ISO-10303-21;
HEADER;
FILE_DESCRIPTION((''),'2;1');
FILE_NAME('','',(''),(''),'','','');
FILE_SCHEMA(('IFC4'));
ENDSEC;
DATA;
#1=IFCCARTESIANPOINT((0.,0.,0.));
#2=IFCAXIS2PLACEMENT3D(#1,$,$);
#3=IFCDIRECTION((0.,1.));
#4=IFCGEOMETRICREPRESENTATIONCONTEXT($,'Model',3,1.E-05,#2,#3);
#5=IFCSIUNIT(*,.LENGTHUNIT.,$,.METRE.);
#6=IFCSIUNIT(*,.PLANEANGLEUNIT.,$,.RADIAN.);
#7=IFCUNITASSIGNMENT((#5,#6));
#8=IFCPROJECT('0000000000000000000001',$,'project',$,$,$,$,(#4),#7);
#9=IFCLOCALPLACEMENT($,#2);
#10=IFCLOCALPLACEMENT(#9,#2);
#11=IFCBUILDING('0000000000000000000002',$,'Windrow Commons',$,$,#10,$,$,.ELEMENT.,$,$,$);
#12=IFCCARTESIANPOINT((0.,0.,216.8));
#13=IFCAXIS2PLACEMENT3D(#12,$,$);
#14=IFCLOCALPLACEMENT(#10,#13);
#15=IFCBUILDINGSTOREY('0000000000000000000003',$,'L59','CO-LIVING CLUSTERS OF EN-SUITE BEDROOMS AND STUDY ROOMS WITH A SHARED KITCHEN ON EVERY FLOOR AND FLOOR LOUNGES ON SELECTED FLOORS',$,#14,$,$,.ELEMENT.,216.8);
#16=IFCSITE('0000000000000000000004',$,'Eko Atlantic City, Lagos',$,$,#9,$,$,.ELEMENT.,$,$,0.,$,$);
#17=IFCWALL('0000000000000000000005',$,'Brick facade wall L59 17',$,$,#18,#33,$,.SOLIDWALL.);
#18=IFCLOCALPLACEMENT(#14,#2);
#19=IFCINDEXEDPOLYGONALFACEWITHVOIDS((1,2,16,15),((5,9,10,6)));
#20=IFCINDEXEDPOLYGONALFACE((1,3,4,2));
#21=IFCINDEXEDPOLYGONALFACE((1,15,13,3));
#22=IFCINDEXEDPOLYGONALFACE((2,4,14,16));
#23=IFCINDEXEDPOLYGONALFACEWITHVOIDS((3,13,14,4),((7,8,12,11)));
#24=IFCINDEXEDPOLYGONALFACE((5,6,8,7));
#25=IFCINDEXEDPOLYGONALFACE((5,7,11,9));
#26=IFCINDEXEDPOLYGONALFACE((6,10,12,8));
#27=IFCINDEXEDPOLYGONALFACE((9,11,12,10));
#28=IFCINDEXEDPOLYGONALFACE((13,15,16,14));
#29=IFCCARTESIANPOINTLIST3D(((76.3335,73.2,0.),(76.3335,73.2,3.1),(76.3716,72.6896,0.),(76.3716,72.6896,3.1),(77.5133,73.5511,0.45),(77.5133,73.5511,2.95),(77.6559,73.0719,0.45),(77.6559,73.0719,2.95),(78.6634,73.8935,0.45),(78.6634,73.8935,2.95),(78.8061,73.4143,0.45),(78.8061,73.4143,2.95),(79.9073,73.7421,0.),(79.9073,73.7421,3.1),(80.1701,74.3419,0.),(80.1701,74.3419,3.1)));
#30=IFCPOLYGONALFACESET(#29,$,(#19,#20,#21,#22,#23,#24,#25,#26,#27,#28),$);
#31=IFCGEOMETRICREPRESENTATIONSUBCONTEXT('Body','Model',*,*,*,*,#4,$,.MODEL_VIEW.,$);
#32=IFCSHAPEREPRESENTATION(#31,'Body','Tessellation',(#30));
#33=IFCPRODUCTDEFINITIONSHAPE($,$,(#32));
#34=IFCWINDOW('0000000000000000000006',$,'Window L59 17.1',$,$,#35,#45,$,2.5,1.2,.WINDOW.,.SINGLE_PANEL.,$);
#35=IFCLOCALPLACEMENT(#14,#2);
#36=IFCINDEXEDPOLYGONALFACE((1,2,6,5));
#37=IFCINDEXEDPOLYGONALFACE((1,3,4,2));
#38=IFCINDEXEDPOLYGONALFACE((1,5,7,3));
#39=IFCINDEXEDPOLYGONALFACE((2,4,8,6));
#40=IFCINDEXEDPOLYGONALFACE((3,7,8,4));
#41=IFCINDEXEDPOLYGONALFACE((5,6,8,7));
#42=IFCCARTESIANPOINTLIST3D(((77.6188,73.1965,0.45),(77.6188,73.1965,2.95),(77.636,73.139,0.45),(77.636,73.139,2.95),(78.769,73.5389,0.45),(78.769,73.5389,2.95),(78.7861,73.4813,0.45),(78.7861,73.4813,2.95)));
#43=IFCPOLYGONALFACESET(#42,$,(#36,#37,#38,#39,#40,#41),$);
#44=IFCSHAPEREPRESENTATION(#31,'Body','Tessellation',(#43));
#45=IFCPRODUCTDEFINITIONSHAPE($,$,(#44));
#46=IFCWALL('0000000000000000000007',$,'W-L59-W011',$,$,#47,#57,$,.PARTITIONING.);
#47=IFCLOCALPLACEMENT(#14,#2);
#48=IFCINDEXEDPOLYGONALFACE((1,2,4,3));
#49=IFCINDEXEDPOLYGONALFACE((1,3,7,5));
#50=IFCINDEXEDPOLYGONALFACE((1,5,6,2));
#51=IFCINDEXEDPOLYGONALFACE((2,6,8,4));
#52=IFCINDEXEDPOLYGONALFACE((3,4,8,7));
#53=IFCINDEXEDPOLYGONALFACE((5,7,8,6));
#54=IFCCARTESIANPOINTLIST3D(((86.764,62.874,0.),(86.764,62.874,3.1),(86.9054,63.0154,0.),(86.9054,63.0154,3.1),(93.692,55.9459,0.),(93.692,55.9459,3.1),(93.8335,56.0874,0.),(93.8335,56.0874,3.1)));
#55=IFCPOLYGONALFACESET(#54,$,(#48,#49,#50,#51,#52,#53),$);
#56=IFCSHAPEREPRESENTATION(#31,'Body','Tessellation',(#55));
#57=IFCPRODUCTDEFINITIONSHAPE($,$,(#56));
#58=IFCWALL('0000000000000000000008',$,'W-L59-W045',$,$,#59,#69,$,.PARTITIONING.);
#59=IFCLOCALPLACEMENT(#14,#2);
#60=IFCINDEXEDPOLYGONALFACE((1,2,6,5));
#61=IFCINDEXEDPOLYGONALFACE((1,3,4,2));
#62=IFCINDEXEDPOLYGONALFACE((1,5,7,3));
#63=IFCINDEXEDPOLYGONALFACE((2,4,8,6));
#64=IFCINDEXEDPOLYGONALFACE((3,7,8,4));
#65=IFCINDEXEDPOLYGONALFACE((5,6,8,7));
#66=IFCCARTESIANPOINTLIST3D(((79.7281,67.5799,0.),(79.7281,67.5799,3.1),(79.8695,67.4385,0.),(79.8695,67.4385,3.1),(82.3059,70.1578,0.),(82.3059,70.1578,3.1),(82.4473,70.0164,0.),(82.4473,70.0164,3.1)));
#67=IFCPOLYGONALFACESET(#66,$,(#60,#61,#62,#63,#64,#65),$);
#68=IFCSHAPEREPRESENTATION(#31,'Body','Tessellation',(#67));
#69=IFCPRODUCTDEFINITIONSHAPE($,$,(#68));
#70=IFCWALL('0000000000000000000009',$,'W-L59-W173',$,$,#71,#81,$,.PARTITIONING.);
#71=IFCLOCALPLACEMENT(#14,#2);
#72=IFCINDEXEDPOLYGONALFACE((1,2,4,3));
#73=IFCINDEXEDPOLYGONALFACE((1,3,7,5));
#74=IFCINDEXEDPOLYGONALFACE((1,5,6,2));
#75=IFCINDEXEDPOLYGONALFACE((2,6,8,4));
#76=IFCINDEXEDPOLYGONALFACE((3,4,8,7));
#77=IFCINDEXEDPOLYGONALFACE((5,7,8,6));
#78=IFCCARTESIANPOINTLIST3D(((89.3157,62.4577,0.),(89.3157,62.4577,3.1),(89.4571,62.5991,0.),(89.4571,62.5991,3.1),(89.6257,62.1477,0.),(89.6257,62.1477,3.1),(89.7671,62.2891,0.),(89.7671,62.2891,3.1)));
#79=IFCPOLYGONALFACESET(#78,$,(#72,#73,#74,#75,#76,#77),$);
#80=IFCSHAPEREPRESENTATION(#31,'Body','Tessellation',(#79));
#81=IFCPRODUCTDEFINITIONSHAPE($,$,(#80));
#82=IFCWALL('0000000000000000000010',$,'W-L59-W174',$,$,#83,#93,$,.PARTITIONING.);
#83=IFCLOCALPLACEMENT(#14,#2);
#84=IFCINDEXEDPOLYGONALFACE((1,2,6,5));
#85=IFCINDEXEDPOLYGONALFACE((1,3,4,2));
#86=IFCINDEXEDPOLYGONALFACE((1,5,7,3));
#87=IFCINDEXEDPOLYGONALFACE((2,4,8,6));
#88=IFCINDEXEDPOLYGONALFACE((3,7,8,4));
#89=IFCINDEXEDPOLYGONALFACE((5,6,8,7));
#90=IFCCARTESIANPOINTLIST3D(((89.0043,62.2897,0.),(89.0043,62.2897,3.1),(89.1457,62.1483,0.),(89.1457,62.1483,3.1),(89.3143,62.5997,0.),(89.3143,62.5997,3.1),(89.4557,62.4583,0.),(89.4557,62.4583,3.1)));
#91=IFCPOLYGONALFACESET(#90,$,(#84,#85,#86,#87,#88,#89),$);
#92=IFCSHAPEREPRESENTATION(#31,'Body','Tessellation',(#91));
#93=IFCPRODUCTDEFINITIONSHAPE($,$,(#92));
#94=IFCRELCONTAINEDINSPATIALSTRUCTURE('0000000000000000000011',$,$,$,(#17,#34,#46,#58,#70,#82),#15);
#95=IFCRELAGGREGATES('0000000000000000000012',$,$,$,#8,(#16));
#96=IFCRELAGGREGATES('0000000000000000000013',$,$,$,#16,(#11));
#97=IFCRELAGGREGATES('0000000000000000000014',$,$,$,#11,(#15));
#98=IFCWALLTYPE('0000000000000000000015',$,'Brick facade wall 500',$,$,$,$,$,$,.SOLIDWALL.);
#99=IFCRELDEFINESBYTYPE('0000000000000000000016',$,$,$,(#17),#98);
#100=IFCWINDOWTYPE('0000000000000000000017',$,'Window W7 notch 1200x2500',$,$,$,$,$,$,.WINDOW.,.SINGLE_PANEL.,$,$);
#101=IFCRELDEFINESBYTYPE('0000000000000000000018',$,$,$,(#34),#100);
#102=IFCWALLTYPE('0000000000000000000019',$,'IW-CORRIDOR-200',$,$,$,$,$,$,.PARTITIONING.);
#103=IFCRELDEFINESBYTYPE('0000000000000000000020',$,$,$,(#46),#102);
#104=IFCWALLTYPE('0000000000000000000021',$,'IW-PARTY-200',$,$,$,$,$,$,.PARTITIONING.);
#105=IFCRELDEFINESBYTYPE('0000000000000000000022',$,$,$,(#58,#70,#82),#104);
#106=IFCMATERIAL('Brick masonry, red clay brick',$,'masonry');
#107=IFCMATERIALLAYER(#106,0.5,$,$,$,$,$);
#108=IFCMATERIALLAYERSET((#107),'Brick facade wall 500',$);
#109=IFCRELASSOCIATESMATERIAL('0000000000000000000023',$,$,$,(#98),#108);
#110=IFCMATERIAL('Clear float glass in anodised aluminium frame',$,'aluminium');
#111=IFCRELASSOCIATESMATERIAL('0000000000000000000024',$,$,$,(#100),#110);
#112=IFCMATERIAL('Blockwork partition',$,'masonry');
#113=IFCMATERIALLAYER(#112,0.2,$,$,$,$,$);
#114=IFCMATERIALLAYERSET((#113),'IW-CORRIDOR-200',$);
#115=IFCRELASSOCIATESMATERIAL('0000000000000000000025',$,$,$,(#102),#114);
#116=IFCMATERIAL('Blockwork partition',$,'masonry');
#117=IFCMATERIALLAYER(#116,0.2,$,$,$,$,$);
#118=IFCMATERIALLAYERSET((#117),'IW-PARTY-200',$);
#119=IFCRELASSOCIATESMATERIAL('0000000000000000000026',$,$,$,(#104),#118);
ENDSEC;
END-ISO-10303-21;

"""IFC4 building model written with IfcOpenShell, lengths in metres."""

from ifc_helpers import new_model, si_unit, direction, frame, frame_2d, origin, place, context, subcontext, project, spatial, polyline, rectangle, outline, extrude, material, layer, layer_set, type_object, element, fill, save


model = new_model("IFC4")

# Units and contexts
model_context = context("Model", 3, precision=1e-05, world=origin(), true_north=direction((0.0, 1.0)))
body_context = subcontext(model_context, "Body", "Model", "MODEL_VIEW")
ifc_project = project(units=[si_unit("LENGTHUNIT", "METRE"), si_unit("PLANEANGLEUNIT", "RADIAN")], contexts=[model_context])

# Site, building, storey
site_placement = place(None, origin())
site = spatial("IfcSite", under=ifc_project, at=site_placement, Name="Eko Atlantic City, Lagos", CompositionType="ELEMENT", RefElevation=0.0)
building_placement = place(site_placement, origin())
building = spatial("IfcBuilding", under=site, at=building_placement, Name="Windrow Commons", CompositionType="ELEMENT")
storey_placement = place(building_placement, frame((0.0, 0.0, 216.8)))
storey = spatial("IfcBuildingStorey", under=building, at=storey_placement, Name="L59", Description="CO-LIVING CLUSTERS OF EN-SUITE BEDROOMS AND STUDY ROOMS WITH A SHARED KITCHEN ON EVERY FLOOR AND FLOOR LOUNGES ON SELECTED FLOORS", CompositionType="ELEMENT", Elevation=216.8)

# Wall, opening, window
ifc_material_1 = material(Name="Brick masonry, red clay brick", Category="masonry")
ifc_layer_1 = layer(ifc_material_1, 0.5)
ifc_layer_set_1 = layer_set([ifc_layer_1], Name="Brick facade wall 500")
wall_type_1 = type_object("IfcWallType", Name="Brick facade wall 500", PredefinedType="SOLIDWALL", material=ifc_layer_set_1)
ifc_material_2 = material(Name="Clear float glass in anodised aluminium frame", Category="aluminium")
window_type = type_object("IfcWindowType", Name="Window W7 notch 1200x2500", PartitioningType="SINGLE_PANEL", PredefinedType="WINDOW", material=ifc_material_2)
wall_1_placement = place(storey_placement, frame((80.0387, 74.042, 0.0), z_axis=(0.0, 0.0, 1.0), x_axis=(-0.958442, -0.285289, 0.0)))
wall_1 = element("IfcWall", 1, at=wall_1_placement, inside=storey, type_object=wall_type_1, Name="Brick facade wall L59 17", PredefinedType="SOLIDWALL", context=body_context, shape_type="SweptSolid", body=[
    extrude(outline(polyline([(-0.2115, -0.25), (3.7914, -0.25), (3.9005, 0.25), (0.2115, 0.25), (-0.2115, -0.25)])), origin(), (0.0, 0.0, 1.0), 3.1),
])
opening_1_placement = place(wall_1_placement, frame((1.3605, 0.0, 0.45)))
opening_1 = element("IfcOpeningElement", 2, at=opening_1_placement, cuts=wall_1, PredefinedType="OPENING", context=body_context, shape_type="SweptSolid", body=[
    extrude(rectangle(XDim=1.2, YDim=2.5, at=frame_2d((0.6, 1.25))), frame((0.0, 0.26, 0.0), z_axis=(0.0, -1.0, 0.0), x_axis=(1.0, 0.0, 0.0)), (0.0, 0.0, 1.0), 0.52),
])
window_1_placement = place(opening_1_placement, origin())
window_1 = element("IfcWindow", 3, at=window_1_placement, inside=storey, type_object=window_type, Name="Window L59 17.1", OverallHeight=2.5, OverallWidth=1.2, PartitioningType="SINGLE_PANEL", PredefinedType="WINDOW", context=body_context, shape_type="SweptSolid", body=[
    extrude(rectangle(XDim=1.2, YDim=2.5, at=frame_2d((0.6, 1.25))), frame((0.0, 0.18, 0.0), z_axis=(0.0, -1.0, 0.0), x_axis=(1.0, 0.0, 0.0)), (0.0, 0.0, 1.0), 0.06),
])
fill(opening_1, window_1)

# Walls
ifc_material_3 = material(Name="Blockwork partition", Category="masonry")
ifc_layer_2 = layer(ifc_material_3, 0.2)
ifc_layer_set_2 = layer_set([ifc_layer_2], Name="IW-CORRIDOR-200")
wall_type_2 = type_object("IfcWallType", Name="IW-CORRIDOR-200", PredefinedType="PARTITIONING", material=ifc_layer_set_2)
wall_2_placement = place(storey_placement, frame((86.8347, 62.9447, 0.0), z_axis=(0.0, 0.0, 1.0), x_axis=(0.707107, -0.707107, 0.0)))
element("IfcWall", 4, at=wall_2_placement, inside=storey, type_object=wall_type_2, Name="W-L59-W011", PredefinedType="PARTITIONING", context=body_context, shape_type="SweptSolid", body=[
    extrude(rectangle(XDim=9.7977, YDim=0.2, at=frame_2d((4.8989, 0.0))), origin(), (0.0, 0.0, 1.0), 3.1),
])
ifc_material_4 = material(Name="Blockwork partition", Category="masonry")
ifc_layer_3 = layer(ifc_material_4, 0.2)
ifc_layer_set_3 = layer_set([ifc_layer_3], Name="IW-PARTY-200")
wall_type_3 = type_object("IfcWallType", Name="IW-PARTY-200", PredefinedType="PARTITIONING", material=ifc_layer_set_3)
wall_3_placement = place(storey_placement, frame((79.7988, 67.5092, 0.0), z_axis=(0.0, 0.0, 1.0), x_axis=(0.707093, 0.70712, 0.0)))
element("IfcWall", 5, at=wall_3_placement, inside=storey, type_object=wall_type_3, Name="W-L59-W045", PredefinedType="PARTITIONING", context=body_context, shape_type="SweptSolid", body=[
    extrude(rectangle(XDim=3.6456, YDim=0.2, at=frame_2d((1.8228, 0.0))), origin(), (0.0, 0.0, 1.0), 3.1),
])
for number, where, z_axis, x_axis, name in (
    (6, (89.3864, 62.5284, 0.0), (0.0, 0.0, 1.0), (0.707107, -0.707107, 0.0), "W-L59-W173"),
    (7, (89.075, 62.219, 0.0), (0.0, 0.0, 1.0), (0.707107, 0.707107, 0.0), "W-L59-W174"),
):
    element("IfcWall", number, at=place(storey_placement, frame(where, z_axis=z_axis, x_axis=x_axis)), inside=storey, type_object=wall_type_3, Name=name, PredefinedType="PARTITIONING", context=body_context, shape_type="SweptSolid", body=[
        extrude(rectangle(XDim=0.4384, YDim=0.2, at=frame_2d((0.2192, 0.0))), origin(), (0.0, 0.0, 1.0), 3.1),
    ])

save(model, "model.ifc")
